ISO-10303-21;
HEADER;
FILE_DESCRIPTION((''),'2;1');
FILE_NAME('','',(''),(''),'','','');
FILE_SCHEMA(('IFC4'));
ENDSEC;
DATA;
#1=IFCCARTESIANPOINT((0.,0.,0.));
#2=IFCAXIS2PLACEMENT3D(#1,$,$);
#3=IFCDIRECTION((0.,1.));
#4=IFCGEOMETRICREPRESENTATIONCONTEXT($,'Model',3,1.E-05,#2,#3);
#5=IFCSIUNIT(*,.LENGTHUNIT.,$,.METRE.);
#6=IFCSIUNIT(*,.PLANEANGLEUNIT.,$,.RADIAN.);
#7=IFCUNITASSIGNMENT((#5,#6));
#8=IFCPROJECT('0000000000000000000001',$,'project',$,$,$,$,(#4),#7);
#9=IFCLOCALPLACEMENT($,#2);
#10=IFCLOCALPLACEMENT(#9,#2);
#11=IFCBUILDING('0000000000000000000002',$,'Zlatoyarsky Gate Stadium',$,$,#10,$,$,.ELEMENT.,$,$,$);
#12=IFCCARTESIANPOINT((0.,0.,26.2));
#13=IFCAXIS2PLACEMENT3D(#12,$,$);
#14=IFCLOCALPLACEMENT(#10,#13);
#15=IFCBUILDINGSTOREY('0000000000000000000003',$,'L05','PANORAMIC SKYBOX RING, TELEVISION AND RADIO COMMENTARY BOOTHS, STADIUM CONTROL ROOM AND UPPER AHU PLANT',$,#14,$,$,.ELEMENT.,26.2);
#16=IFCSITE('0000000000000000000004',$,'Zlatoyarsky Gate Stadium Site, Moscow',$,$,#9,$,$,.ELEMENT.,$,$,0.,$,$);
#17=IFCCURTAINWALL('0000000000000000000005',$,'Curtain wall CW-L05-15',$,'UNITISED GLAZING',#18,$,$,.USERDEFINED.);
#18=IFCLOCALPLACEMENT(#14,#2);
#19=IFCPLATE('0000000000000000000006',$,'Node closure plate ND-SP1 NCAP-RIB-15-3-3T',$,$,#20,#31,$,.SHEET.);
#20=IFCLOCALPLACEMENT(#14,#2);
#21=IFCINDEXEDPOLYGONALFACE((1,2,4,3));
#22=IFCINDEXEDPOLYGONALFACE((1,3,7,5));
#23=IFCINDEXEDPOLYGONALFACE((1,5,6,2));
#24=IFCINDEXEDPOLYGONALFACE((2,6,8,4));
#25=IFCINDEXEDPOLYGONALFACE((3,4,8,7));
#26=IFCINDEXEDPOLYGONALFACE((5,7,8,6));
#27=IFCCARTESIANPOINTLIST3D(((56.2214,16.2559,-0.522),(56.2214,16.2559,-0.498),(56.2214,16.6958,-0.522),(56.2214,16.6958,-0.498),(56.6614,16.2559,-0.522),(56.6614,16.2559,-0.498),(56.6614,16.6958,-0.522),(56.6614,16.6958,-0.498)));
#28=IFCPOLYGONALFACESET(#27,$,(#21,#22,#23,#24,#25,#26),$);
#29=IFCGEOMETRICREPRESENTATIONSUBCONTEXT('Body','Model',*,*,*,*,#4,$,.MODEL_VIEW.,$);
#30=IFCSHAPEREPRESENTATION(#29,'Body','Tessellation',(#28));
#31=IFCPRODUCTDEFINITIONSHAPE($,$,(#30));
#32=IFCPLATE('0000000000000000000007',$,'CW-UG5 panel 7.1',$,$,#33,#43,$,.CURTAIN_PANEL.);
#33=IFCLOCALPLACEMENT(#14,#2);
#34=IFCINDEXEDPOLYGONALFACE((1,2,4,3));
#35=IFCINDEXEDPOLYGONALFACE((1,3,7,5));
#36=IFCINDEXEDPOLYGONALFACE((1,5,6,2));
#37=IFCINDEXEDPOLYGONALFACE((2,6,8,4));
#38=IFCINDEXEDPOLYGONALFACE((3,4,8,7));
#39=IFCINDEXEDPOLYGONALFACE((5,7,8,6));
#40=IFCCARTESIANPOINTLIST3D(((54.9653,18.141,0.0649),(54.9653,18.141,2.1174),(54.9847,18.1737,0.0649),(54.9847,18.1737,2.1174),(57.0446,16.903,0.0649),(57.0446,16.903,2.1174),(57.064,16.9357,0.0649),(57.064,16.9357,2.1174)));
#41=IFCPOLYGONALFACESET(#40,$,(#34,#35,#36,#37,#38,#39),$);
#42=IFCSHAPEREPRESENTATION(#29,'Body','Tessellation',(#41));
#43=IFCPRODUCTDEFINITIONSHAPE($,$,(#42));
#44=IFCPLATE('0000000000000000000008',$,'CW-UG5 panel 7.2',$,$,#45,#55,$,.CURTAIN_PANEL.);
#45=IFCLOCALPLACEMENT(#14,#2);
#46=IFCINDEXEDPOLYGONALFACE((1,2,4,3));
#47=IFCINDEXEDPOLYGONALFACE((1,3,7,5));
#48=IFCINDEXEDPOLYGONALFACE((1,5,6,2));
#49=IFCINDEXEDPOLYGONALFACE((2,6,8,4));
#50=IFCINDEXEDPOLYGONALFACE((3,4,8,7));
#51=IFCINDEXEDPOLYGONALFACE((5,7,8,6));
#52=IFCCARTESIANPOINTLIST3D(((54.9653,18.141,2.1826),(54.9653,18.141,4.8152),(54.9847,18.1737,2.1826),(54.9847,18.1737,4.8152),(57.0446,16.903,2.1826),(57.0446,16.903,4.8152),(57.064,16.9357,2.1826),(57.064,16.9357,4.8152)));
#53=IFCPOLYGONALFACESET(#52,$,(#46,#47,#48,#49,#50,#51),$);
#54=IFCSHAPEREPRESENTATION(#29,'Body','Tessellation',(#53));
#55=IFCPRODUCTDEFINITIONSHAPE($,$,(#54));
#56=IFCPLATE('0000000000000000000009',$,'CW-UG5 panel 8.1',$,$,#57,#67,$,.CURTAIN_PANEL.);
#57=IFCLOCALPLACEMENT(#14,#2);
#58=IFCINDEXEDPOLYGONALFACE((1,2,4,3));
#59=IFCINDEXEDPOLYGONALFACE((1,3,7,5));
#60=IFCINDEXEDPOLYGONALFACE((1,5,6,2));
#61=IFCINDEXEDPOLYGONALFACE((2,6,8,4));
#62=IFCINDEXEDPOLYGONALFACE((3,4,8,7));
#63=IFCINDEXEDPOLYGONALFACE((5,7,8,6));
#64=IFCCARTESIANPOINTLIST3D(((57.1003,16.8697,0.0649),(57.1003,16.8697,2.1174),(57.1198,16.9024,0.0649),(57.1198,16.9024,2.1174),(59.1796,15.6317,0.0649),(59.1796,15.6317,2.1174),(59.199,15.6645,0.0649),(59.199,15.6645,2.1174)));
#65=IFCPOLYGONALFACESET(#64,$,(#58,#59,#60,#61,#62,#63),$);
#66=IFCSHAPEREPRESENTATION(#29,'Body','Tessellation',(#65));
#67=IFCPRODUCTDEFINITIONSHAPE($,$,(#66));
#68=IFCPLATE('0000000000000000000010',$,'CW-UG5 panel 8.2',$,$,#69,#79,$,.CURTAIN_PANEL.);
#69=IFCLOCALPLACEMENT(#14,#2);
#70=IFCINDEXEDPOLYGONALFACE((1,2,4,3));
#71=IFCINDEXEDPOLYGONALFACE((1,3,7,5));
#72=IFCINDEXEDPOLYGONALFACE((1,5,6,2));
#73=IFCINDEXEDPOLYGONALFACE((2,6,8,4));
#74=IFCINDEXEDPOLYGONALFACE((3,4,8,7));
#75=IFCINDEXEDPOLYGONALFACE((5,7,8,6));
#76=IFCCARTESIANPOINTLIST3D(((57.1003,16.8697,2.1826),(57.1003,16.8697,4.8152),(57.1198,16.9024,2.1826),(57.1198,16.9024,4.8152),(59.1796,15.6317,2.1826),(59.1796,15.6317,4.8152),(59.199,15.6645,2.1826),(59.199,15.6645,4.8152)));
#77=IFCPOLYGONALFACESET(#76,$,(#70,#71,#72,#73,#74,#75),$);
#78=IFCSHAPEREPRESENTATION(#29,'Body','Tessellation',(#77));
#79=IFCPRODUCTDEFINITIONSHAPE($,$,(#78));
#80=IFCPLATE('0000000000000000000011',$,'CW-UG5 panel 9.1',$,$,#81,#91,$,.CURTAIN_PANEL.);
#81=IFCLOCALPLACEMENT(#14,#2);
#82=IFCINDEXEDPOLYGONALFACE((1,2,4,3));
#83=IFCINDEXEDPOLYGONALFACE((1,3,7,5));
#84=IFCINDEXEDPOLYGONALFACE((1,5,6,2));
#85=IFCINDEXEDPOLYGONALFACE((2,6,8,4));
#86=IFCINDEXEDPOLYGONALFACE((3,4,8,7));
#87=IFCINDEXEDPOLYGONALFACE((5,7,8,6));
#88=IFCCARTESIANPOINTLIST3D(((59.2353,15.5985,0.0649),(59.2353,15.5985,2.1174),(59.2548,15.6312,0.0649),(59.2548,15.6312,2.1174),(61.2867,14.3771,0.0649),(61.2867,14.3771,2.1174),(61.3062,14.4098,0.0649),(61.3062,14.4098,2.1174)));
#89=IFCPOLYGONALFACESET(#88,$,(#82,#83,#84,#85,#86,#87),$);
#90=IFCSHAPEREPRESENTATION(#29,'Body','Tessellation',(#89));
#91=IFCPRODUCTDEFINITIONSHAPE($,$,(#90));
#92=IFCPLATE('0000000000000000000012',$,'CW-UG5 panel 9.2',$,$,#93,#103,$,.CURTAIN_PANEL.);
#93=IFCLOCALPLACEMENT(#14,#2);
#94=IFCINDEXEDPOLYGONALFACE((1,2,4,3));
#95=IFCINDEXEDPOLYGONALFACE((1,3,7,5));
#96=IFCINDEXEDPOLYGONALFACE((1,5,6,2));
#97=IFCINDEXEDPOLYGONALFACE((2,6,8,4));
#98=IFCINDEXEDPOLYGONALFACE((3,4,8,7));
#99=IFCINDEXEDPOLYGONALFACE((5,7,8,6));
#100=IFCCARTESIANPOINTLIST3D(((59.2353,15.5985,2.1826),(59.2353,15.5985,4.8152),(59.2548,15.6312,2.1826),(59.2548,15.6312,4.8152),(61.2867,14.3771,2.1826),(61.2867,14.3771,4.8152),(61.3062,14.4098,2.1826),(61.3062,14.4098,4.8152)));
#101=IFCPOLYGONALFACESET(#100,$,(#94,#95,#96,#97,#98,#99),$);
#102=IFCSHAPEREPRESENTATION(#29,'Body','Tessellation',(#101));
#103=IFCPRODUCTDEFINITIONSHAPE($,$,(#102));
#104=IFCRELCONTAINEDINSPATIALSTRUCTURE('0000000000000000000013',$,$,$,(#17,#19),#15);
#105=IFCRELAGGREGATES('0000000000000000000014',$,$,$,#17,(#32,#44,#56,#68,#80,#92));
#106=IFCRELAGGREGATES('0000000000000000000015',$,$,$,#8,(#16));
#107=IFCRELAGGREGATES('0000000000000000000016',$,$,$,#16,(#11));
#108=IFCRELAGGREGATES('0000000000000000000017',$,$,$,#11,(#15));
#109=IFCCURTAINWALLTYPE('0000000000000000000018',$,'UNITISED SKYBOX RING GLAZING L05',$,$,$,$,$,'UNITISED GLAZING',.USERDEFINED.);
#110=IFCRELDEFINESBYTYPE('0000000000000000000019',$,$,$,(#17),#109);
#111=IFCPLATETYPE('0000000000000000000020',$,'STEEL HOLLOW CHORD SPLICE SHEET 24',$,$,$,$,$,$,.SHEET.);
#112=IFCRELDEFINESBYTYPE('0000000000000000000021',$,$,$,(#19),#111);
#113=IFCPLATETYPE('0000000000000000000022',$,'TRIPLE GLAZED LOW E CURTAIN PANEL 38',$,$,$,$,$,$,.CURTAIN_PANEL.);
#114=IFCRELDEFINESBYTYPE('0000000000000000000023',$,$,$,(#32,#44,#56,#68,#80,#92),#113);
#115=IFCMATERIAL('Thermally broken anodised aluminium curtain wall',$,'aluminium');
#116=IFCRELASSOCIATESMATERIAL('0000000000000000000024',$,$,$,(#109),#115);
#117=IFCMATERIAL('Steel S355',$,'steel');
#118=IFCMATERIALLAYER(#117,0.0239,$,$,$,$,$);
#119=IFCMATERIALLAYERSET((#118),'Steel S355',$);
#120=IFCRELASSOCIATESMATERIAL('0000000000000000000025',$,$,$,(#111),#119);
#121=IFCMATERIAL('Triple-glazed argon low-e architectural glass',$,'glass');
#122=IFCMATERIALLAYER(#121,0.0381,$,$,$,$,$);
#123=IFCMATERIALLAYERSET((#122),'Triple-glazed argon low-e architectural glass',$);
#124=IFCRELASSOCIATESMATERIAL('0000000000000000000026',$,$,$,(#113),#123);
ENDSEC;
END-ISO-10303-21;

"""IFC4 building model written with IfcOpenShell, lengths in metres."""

from ifc_helpers import new_model, si_unit, direction, frame, origin, origin_2d, place, context, subcontext, project, spatial, rectangle, extrude, material, layer, layer_set, type_object, element, aggregate, save


model = new_model("IFC4")

# Units and contexts
model_context = context("Model", 3, precision=1e-05, world=origin(), true_north=direction((0.0, 1.0)))
body_context = subcontext(model_context, "Body", "Model", "MODEL_VIEW")
ifc_project = project(units=[si_unit("LENGTHUNIT", "METRE"), si_unit("PLANEANGLEUNIT", "RADIAN")], contexts=[model_context])

# Site, building, storey
site_placement = place(None, origin())
site = spatial("IfcSite", under=ifc_project, at=site_placement, Name="Zlatoyarsky Gate Stadium Site, Moscow", CompositionType="ELEMENT", RefElevation=0.0)
building_placement = place(site_placement, origin())
building = spatial("IfcBuilding", under=site, at=building_placement, Name="Zlatoyarsky Gate Stadium", CompositionType="ELEMENT")
storey_placement = place(building_placement, frame((0.0, 0.0, 26.2)))
storey = spatial("IfcBuildingStorey", under=building, at=storey_placement, Name="L05", Description="PANORAMIC SKYBOX RING, TELEVISION AND RADIO COMMENTARY BOOTHS, STADIUM CONTROL ROOM AND UPPER AHU PLANT", CompositionType="ELEMENT", Elevation=26.2)

# Curtain wall
ifc_material_1 = material(Name="Thermally broken anodised aluminium curtain wall", Category="aluminium")
curtain_wall_type = type_object("IfcCurtainWallType", Name="UNITISED SKYBOX RING GLAZING L05", ElementType="UNITISED GLAZING", PredefinedType="USERDEFINED", material=ifc_material_1)
curtain_wall_1_placement = place(storey_placement, origin())
curtain_wall_1 = element("IfcCurtainWall", 1, at=curtain_wall_1_placement, inside=storey, type_object=curtain_wall_type, Name="Curtain wall CW-L05-15", ObjectType="UNITISED GLAZING", PredefinedType="USERDEFINED")

# Shared definitions
ifc_material_2 = material(Name="Steel S355", Category="steel")

# Plate
ifc_layer_1 = layer(ifc_material_2, 0.0239)
ifc_layer_set_1 = layer_set([ifc_layer_1], Name="Steel S355")
plate_type_1 = type_object("IfcPlateType", Name="STEEL HOLLOW CHORD SPLICE SHEET 24", PredefinedType="SHEET", material=ifc_layer_set_1)
plate_1_placement = place(storey_placement, frame((56.4414, 16.4758, -0.522), z_axis=(0.0, 0.0, 1.0), x_axis=(1.0, 0.0, 0.0)))
element("IfcPlate", 2, at=plate_1_placement, inside=storey, type_object=plate_type_1, Name="Node closure plate ND-SP1 NCAP-RIB-15-3-3T", PredefinedType="SHEET", context=body_context, shape_type="SweptSolid", body=[
    extrude(rectangle(XDim=0.4399, YDim=0.4399, at=origin_2d()), origin(), (0.0, 0.0, 1.0), 0.0239),
])

# Plates
ifc_material_3 = material(Name="Triple-glazed argon low-e architectural glass", Category="glass")
ifc_layer_2 = layer(ifc_material_3, 0.0381)
ifc_layer_set_2 = layer_set([ifc_layer_2], Name="Triple-glazed argon low-e architectural glass")
plate_type_2 = type_object("IfcPlateType", Name="TRIPLE GLAZED LOW E CURTAIN PANEL 38", PredefinedType="CURTAIN_PANEL", material=ifc_layer_set_2)
plate_2_placement = place(storey_placement, frame((56.0146, 17.5383, 0.0649), z_axis=(0.0, 0.0, 1.0), x_axis=(0.859237, -0.511577, 0.0)))
plate_2 = element("IfcPlate", 3, at=plate_2_placement, type_object=plate_type_2, Name="CW-UG5 panel 7.1", PredefinedType="CURTAIN_PANEL", context=body_context, shape_type="SweptSolid", body=[
    extrude(rectangle(XDim=2.4199, YDim=0.0381, at=origin_2d()), origin(), (0.0, 0.0, 1.0), 2.0525),
])
plate_3_placement = place(storey_placement, frame((56.0146, 17.5383, 2.1826), z_axis=(0.0, 0.0, 1.0), x_axis=(0.859237, -0.511577, 0.0)))
plate_3 = element("IfcPlate", 4, at=plate_3_placement, type_object=plate_type_2, Name="CW-UG5 panel 7.2", PredefinedType="CURTAIN_PANEL", context=body_context, shape_type="SweptSolid", body=[
    extrude(rectangle(XDim=2.4199, YDim=0.0381, at=origin_2d()), origin(), (0.0, 0.0, 1.0), 2.6326),
])
plate_4_placement = place(storey_placement, frame((58.1497, 16.2671, 0.0649), z_axis=(0.0, 0.0, 1.0), x_axis=(0.859237, -0.511577, 0.0)))
plate_4 = element("IfcPlate", 5, at=plate_4_placement, type_object=plate_type_2, Name="CW-UG5 panel 8.1", PredefinedType="CURTAIN_PANEL", context=body_context, shape_type="SweptSolid", body=[
    extrude(rectangle(XDim=2.4199, YDim=0.0381, at=origin_2d()), origin(), (0.0, 0.0, 1.0), 2.0525),
])
plate_5_placement = place(storey_placement, frame((58.1497, 16.2671, 2.1826), z_axis=(0.0, 0.0, 1.0), x_axis=(0.859237, -0.511577, 0.0)))
plate_5 = element("IfcPlate", 6, at=plate_5_placement, type_object=plate_type_2, Name="CW-UG5 panel 8.2", PredefinedType="CURTAIN_PANEL", context=body_context, shape_type="SweptSolid", body=[
    extrude(rectangle(XDim=2.4199, YDim=0.0381, at=origin_2d()), origin(), (0.0, 0.0, 1.0), 2.6326),
])
plate_6_placement = place(storey_placement, frame((60.2708, 15.0042, 0.0649), z_axis=(0.0, 0.0, 1.0), x_axis=(0.859237, -0.511577, 0.0)))
plate_6 = element("IfcPlate", 7, at=plate_6_placement, type_object=plate_type_2, Name="CW-UG5 panel 9.1", PredefinedType="CURTAIN_PANEL", context=body_context, shape_type="SweptSolid", body=[
    extrude(rectangle(XDim=2.3875, YDim=0.0381, at=origin_2d()), origin(), (0.0, 0.0, 1.0), 2.0525),
])
plate_7_placement = place(storey_placement, frame((60.2708, 15.0042, 2.1826), z_axis=(0.0, 0.0, 1.0), x_axis=(0.859237, -0.511577, 0.0)))
plate_7 = element("IfcPlate", 8, at=plate_7_placement, type_object=plate_type_2, Name="CW-UG5 panel 9.2", PredefinedType="CURTAIN_PANEL", context=body_context, shape_type="SweptSolid", body=[
    extrude(rectangle(XDim=2.3875, YDim=0.0381, at=origin_2d()), origin(), (0.0, 0.0, 1.0), 2.6326),
])
aggregate(curtain_wall_1, [plate_2, plate_3, plate_4, plate_5, plate_6, plate_7])

save(model, "model.ifc")
